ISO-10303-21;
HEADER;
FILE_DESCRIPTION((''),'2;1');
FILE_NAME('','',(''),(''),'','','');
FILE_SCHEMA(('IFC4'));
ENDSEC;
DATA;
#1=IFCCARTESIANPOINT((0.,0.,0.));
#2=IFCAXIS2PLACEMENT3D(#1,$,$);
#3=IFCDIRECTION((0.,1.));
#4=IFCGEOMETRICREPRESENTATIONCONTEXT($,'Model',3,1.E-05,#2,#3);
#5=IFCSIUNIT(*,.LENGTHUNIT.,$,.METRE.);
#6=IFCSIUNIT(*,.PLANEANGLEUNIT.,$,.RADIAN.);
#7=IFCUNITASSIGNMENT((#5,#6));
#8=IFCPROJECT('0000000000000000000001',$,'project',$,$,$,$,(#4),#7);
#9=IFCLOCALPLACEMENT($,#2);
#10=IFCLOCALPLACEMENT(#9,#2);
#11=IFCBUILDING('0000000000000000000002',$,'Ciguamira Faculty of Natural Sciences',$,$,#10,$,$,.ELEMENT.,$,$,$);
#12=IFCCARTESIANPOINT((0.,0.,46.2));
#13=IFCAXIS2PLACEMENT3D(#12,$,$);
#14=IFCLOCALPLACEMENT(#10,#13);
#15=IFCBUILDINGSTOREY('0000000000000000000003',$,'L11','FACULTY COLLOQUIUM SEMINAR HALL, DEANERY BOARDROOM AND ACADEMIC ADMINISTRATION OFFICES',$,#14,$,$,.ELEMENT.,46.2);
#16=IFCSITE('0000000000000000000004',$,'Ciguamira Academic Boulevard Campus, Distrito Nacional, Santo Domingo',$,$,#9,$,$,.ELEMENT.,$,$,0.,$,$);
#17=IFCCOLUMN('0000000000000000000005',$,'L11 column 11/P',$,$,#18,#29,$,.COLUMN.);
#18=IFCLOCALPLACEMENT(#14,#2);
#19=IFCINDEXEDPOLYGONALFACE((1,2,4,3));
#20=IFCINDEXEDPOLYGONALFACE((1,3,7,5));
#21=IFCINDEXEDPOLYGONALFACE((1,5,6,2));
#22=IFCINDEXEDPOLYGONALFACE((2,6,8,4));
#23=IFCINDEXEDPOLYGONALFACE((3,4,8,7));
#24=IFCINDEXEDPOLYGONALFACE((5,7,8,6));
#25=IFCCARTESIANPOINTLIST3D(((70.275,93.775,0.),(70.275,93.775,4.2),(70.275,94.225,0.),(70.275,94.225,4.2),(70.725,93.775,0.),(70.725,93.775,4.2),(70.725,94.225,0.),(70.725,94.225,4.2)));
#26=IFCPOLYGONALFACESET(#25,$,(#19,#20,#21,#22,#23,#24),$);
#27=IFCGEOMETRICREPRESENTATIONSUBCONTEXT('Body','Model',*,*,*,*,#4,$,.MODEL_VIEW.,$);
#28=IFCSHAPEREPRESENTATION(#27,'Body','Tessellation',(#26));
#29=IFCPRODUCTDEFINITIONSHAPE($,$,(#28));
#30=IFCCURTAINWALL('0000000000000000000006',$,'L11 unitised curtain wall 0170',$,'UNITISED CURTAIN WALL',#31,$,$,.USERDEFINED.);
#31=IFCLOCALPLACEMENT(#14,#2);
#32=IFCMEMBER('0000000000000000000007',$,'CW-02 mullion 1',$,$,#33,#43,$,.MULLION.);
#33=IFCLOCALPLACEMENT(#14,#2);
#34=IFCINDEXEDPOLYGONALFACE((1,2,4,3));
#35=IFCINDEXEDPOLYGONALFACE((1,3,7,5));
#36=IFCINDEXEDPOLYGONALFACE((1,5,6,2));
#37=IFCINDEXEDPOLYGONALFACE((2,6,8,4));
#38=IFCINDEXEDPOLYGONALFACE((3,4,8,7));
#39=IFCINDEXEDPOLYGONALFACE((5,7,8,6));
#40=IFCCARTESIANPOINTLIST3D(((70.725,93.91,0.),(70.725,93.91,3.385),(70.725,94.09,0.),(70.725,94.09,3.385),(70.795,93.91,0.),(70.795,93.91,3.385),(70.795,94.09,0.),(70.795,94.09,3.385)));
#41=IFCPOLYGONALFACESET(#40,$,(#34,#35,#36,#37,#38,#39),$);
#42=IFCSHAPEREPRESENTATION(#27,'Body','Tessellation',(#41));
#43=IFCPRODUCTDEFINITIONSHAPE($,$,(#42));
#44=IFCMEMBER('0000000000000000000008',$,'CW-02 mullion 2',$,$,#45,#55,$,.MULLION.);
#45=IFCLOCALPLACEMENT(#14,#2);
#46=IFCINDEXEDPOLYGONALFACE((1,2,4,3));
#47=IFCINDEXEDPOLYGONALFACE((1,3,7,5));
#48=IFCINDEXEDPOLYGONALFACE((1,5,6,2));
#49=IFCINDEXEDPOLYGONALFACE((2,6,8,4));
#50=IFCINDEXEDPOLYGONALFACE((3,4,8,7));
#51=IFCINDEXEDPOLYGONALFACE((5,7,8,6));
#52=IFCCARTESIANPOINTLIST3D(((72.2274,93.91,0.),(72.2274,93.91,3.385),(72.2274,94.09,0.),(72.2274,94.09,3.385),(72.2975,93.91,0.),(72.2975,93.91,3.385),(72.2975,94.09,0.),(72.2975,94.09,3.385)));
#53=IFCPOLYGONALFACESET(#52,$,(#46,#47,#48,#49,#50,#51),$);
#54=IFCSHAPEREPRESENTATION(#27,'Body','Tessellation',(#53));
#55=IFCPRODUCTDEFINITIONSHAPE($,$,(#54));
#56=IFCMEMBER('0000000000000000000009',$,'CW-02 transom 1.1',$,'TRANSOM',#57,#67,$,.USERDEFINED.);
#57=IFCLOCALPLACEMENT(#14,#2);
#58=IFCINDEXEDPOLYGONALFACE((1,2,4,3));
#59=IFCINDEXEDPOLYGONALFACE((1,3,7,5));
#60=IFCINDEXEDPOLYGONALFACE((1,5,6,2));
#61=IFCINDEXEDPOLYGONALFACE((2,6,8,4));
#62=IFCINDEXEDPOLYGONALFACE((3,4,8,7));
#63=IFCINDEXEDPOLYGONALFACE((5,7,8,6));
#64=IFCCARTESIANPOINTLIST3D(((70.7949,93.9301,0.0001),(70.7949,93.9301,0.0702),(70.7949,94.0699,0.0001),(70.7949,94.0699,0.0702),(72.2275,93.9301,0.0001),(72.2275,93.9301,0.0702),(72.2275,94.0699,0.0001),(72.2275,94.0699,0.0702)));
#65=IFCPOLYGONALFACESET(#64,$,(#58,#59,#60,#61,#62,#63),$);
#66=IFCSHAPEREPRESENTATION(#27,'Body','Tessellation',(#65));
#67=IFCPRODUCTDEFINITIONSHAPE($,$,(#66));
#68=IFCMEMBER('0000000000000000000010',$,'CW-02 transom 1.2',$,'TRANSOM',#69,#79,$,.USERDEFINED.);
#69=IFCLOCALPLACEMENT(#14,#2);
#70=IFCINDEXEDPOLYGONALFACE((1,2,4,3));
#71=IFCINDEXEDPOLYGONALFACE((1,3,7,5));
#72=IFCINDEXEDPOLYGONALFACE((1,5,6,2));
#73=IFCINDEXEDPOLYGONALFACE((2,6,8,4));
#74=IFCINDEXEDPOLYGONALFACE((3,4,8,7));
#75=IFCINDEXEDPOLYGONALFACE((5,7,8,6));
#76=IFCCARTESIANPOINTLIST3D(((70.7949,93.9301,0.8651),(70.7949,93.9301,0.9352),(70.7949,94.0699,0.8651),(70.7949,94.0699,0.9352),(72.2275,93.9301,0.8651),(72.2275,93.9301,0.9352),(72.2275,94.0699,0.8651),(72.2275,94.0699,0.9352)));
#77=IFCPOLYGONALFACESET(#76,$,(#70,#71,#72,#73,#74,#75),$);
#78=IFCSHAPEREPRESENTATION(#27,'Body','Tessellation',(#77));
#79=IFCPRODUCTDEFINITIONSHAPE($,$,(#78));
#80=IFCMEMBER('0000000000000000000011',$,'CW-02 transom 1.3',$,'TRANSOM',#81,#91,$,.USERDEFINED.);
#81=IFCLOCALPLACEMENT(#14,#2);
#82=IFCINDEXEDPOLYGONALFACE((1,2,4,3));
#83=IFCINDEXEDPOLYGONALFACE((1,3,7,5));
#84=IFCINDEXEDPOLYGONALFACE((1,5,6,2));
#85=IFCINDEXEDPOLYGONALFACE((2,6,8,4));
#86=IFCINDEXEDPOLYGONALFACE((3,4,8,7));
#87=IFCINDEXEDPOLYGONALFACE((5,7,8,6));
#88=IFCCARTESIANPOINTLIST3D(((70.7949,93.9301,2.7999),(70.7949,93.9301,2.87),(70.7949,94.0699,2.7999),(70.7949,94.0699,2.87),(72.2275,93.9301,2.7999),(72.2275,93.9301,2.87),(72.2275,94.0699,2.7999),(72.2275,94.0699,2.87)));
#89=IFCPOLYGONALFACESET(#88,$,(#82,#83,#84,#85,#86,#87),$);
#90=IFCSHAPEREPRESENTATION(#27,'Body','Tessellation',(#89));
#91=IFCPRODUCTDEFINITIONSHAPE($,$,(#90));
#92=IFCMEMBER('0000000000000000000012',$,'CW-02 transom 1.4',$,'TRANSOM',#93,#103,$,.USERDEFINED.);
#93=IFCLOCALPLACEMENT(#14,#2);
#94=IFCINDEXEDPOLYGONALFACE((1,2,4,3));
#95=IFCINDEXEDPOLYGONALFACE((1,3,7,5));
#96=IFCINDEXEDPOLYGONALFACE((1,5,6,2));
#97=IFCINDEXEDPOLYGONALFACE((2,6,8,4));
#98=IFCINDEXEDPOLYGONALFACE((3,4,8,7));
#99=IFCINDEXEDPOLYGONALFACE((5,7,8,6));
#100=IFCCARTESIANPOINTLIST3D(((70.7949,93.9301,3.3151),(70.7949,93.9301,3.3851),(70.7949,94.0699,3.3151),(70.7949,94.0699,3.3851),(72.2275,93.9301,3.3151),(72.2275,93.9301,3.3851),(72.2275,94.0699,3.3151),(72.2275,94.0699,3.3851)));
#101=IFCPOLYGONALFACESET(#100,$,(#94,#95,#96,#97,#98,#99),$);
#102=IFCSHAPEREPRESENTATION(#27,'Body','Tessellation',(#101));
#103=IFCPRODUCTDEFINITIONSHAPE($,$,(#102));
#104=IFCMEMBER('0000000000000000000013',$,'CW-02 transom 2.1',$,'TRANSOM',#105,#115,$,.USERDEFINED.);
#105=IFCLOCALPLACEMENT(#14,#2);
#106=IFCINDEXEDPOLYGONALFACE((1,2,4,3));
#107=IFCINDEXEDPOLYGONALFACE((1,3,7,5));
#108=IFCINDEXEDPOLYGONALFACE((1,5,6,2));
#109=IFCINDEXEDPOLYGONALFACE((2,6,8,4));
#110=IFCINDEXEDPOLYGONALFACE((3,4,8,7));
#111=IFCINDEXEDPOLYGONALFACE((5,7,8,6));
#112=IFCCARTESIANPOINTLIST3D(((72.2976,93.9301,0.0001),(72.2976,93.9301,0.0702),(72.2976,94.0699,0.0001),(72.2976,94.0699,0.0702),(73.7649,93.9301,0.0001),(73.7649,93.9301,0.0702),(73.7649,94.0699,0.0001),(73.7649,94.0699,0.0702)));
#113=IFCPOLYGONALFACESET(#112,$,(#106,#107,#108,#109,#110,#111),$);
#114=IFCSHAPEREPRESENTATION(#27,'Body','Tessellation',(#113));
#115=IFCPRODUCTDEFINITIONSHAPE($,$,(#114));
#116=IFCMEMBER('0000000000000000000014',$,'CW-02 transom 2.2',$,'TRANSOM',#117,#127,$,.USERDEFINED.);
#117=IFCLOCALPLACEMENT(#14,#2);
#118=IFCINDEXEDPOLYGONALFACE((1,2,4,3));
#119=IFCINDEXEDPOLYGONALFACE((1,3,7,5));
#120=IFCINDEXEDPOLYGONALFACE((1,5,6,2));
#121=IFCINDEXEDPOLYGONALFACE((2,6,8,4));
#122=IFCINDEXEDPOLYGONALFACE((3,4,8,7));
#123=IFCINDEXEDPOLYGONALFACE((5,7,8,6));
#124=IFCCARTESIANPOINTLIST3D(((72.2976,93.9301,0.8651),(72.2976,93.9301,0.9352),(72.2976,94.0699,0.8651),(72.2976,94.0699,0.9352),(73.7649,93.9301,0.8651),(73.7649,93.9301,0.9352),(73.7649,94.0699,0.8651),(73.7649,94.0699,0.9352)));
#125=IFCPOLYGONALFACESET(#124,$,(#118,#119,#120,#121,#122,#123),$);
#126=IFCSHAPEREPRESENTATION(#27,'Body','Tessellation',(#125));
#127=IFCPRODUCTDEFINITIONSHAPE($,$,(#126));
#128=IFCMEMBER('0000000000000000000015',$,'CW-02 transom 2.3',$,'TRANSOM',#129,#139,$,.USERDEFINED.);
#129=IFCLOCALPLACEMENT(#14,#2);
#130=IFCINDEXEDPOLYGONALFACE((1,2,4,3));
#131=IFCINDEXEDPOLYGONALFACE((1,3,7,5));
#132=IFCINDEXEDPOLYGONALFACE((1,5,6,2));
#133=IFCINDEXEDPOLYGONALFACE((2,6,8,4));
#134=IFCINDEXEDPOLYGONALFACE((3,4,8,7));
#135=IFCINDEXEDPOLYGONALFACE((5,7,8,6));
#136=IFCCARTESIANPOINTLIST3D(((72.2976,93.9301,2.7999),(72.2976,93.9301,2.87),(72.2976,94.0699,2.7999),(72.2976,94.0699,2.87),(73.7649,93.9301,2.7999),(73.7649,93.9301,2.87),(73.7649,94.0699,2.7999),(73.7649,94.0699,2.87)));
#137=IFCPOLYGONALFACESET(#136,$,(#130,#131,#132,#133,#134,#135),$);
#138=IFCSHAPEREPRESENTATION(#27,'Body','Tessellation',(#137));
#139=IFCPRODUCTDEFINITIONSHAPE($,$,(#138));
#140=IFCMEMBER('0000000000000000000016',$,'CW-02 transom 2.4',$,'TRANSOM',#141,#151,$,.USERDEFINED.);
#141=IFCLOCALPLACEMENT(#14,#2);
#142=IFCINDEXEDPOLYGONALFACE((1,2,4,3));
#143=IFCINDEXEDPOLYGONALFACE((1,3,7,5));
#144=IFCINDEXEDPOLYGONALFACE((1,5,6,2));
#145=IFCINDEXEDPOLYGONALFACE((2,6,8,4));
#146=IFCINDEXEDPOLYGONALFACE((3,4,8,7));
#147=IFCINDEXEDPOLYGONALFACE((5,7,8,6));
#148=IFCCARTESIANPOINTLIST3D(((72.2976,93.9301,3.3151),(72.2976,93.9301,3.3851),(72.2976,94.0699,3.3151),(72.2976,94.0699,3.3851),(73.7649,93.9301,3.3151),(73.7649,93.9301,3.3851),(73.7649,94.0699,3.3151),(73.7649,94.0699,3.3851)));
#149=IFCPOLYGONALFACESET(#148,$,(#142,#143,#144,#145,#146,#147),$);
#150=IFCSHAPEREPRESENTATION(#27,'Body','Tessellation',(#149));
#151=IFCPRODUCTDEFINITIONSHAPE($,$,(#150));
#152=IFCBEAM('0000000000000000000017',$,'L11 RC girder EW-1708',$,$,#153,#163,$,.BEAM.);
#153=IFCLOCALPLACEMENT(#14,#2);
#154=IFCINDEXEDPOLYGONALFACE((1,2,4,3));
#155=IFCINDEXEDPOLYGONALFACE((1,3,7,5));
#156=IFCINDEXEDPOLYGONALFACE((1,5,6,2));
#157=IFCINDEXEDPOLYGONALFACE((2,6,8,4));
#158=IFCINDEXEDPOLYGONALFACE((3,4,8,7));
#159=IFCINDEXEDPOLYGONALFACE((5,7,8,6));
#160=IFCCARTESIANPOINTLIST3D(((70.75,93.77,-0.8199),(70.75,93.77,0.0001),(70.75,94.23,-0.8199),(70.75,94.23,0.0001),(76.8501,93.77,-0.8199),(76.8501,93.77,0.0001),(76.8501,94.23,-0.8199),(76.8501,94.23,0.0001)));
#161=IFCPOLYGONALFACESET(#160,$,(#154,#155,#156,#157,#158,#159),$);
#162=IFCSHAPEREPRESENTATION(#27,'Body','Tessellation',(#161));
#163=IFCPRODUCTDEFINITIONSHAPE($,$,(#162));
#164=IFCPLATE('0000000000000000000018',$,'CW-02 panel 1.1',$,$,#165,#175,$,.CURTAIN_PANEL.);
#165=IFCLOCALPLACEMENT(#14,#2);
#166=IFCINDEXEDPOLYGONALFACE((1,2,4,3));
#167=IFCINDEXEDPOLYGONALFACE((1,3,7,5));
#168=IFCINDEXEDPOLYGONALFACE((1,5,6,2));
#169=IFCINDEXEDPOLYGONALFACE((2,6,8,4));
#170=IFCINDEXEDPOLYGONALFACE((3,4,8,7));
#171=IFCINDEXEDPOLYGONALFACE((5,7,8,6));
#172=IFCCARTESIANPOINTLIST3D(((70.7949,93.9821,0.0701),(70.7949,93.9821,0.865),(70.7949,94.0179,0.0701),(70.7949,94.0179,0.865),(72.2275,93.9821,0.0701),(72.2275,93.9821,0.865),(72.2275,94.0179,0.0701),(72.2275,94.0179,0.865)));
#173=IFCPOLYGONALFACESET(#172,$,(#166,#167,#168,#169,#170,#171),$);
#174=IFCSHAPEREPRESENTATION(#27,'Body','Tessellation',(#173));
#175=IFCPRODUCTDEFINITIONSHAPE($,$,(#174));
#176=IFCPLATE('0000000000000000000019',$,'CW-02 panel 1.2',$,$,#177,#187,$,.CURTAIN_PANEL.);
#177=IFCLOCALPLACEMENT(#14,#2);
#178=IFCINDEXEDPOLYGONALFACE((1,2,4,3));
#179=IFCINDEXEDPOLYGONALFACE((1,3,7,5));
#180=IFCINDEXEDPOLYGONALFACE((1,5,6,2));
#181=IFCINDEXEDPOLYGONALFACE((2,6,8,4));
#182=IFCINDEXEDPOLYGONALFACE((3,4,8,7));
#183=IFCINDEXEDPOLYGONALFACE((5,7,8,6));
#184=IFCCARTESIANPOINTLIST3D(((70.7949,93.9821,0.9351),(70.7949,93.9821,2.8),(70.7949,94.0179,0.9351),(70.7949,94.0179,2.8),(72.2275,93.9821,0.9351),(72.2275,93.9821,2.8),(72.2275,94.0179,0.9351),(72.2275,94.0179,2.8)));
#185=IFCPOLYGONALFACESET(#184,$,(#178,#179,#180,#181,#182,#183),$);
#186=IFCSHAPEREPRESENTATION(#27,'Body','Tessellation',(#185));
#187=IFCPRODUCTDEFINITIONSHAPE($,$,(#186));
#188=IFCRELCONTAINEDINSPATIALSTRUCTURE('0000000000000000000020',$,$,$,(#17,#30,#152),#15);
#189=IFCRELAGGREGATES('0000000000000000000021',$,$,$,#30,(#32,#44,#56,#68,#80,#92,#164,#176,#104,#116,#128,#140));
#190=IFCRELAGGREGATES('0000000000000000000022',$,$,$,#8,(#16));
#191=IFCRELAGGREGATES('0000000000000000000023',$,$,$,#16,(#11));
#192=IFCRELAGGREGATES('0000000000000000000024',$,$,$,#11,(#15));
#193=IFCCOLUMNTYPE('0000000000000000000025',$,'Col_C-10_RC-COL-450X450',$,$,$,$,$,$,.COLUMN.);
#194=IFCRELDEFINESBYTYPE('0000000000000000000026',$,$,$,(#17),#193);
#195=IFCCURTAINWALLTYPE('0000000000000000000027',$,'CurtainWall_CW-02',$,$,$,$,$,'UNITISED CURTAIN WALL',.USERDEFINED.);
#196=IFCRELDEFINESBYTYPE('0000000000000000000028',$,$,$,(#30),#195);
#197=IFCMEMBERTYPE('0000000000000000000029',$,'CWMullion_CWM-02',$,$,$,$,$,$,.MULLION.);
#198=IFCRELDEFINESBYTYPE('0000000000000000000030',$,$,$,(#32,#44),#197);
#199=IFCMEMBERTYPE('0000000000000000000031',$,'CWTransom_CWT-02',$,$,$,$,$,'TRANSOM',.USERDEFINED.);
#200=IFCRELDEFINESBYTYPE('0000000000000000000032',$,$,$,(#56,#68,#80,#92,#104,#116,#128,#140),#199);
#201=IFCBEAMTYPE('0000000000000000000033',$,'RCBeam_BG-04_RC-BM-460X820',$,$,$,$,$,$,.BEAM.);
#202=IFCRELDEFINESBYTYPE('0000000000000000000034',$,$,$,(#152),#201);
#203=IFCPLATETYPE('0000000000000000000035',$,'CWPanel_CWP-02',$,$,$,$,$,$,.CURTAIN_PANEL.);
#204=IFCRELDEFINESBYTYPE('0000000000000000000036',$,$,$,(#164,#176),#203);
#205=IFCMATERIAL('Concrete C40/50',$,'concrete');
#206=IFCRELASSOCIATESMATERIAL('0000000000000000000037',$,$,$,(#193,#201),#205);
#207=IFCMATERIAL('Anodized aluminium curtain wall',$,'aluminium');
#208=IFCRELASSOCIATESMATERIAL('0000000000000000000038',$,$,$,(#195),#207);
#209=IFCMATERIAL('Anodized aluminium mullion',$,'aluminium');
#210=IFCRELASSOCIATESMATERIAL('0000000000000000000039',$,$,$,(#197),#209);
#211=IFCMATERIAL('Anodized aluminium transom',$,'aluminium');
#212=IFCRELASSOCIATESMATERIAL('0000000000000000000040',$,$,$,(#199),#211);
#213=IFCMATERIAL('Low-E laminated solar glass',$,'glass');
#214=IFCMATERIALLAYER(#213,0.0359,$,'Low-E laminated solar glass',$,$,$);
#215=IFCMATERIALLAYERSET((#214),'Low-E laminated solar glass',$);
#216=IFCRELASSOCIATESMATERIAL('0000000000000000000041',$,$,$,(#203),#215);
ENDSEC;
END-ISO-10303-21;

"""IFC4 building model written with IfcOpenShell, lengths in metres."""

from ifc_helpers import new_model, si_unit, direction, frame, origin, origin_2d, place, context, subcontext, project, spatial, rectangle, extrude, material, layer, layer_set, material_profile, profile_set, type_object, element, aggregate, save


model = new_model("IFC4")

# Units and contexts
model_context = context("Model", 3, precision=1e-05, world=origin(), true_north=direction((0.0, 1.0)))
body_context = subcontext(model_context, "Body", "Model", "MODEL_VIEW")
ifc_project = project(units=[si_unit("LENGTHUNIT", "METRE"), si_unit("PLANEANGLEUNIT", "RADIAN")], contexts=[model_context])

# Site, building, storey
site_placement = place(None, origin())
site = spatial("IfcSite", under=ifc_project, at=site_placement, Name="Ciguamira Academic Boulevard Campus, Distrito Nacional, Santo Domingo", CompositionType="ELEMENT", RefElevation=0.0)
building_placement = place(site_placement, origin())
building = spatial("IfcBuilding", under=site, at=building_placement, Name="Ciguamira Faculty of Natural Sciences", CompositionType="ELEMENT")
storey_placement = place(building_placement, frame((0.0, 0.0, 46.2)))
storey = spatial("IfcBuildingStorey", under=building, at=storey_placement, Name="L11", Description="FACULTY COLLOQUIUM SEMINAR HALL, DEANERY BOARDROOM AND ACADEMIC ADMINISTRATION OFFICES", CompositionType="ELEMENT", Elevation=46.2)

# Column
ifc_material_1 = material(Name="Concrete C40/50", Category="concrete")
ifc_material_profile_1 = material_profile(ifc_material_1, rectangle(XDim=0.45, YDim=0.45, at=origin_2d()), Name="RC-COL-450X450")
ifc_profile_set_1 = profile_set([ifc_material_profile_1], Name="Concrete C40/50")
column_type = type_object("IfcColumnType", Name="Col_C-10_RC-COL-450X450", PredefinedType="COLUMN", material=ifc_profile_set_1)
column_placement = place(storey_placement, frame((70.5, 94.0, 0.0), z_axis=(0.0, 0.0, 1.0), x_axis=(1.0, 0.0, 0.0)))
element("IfcColumn", 1, at=column_placement, inside=storey, type_object=column_type, Name="L11 column 11/P", PredefinedType="COLUMN", context=body_context, shape_type="SweptSolid", body=[
    extrude(rectangle(XDim=0.45, YDim=0.45, at=origin_2d()), origin(), (0.0, 0.0, 1.0), 4.2),
])

# Curtain wall, members
ifc_material_2 = material(Name="Anodized aluminium curtain wall", Category="aluminium")
curtain_wall_type = type_object("IfcCurtainWallType", Name="CurtainWall_CW-02", ElementType="UNITISED CURTAIN WALL", PredefinedType="USERDEFINED", material=ifc_material_2)
curtain_wall_placement = place(storey_placement, origin())
curtain_wall = element("IfcCurtainWall", 2, at=curtain_wall_placement, inside=storey, type_object=curtain_wall_type, Name="L11 unitised curtain wall 0170", ObjectType="UNITISED CURTAIN WALL", PredefinedType="USERDEFINED")
ifc_material_3 = material(Name="Anodized aluminium mullion", Category="aluminium")
ifc_material_profile_2 = material_profile(ifc_material_3, rectangle(XDim=0.0701, YDim=0.1799, at=origin_2d()), Name="ALU-MUL-70X180")
ifc_profile_set_2 = profile_set([ifc_material_profile_2], Name="Anodized aluminium mullion")
member_type_1 = type_object("IfcMemberType", Name="CWMullion_CWM-02", PredefinedType="MULLION", material=ifc_profile_set_2)
member_1_placement = place(storey_placement, frame((70.76, 94.0, 0.0), z_axis=(0.0, 0.0, 1.0), x_axis=(1.0, 0.0, 0.0)))
member_1 = element("IfcMember", 3, at=member_1_placement, type_object=member_type_1, Name="CW-02 mullion 1", PredefinedType="MULLION", context=body_context, shape_type="SweptSolid", body=[
    extrude(rectangle(XDim=0.0701, YDim=0.1799, at=origin_2d()), origin(), (0.0, 0.0, 1.0), 3.385),
])
member_2_placement = place(storey_placement, frame((72.2625, 94.0, 0.0), z_axis=(0.0, 0.0, 1.0), x_axis=(1.0, 0.0, 0.0)))
member_2 = element("IfcMember", 4, at=member_2_placement, type_object=member_type_1, Name="CW-02 mullion 2", PredefinedType="MULLION", context=body_context, shape_type="SweptSolid", body=[
    extrude(rectangle(XDim=0.0701, YDim=0.1799, at=origin_2d()), origin(), (0.0, 0.0, 1.0), 3.385),
])
ifc_material_4 = material(Name="Anodized aluminium transom", Category="aluminium")
ifc_material_profile_3 = material_profile(ifc_material_4, rectangle(XDim=0.0701, YDim=0.1399, at=origin_2d()), Name="ALU-TRN-70X140")
ifc_profile_set_3 = profile_set([ifc_material_profile_3], Name="Anodized aluminium transom")
member_type_2 = type_object("IfcMemberType", Name="CWTransom_CWT-02", ElementType="TRANSOM", PredefinedType="USERDEFINED", material=ifc_profile_set_3)
member_3_placement = place(storey_placement, frame((70.7949, 94.0, 0.0352), z_axis=(1.0, 0.0, 0.0), x_axis=(0.0, 0.0, 1.0)))
member_3 = element("IfcMember", 5, at=member_3_placement, type_object=member_type_2, Name="CW-02 transom 1.1", ObjectType="TRANSOM", PredefinedType="USERDEFINED", context=body_context, shape_type="SweptSolid", body=[
    extrude(rectangle(XDim=0.0701, YDim=0.1399, at=origin_2d()), origin(), (0.0, 0.0, 1.0), 1.4326),
])
member_4_placement = place(storey_placement, frame((70.7949, 94.0, 0.9001), z_axis=(1.0, 0.0, 0.0), x_axis=(0.0, 0.0, 1.0)))
member_4 = element("IfcMember", 6, at=member_4_placement, type_object=member_type_2, Name="CW-02 transom 1.2", ObjectType="TRANSOM", PredefinedType="USERDEFINED", context=body_context, shape_type="SweptSolid", body=[
    extrude(rectangle(XDim=0.0701, YDim=0.1399, at=origin_2d()), origin(), (0.0, 0.0, 1.0), 1.4326),
])
member_5_placement = place(storey_placement, frame((70.7949, 94.0, 2.835), z_axis=(1.0, 0.0, 0.0), x_axis=(0.0, 0.0, 1.0)))
member_5 = element("IfcMember", 7, at=member_5_placement, type_object=member_type_2, Name="CW-02 transom 1.3", ObjectType="TRANSOM", PredefinedType="USERDEFINED", context=body_context, shape_type="SweptSolid", body=[
    extrude(rectangle(XDim=0.0701, YDim=0.1399, at=origin_2d()), origin(), (0.0, 0.0, 1.0), 1.4326),
])
member_6_placement = place(storey_placement, frame((70.7949, 94.0, 3.3501), z_axis=(1.0, 0.0, 0.0), x_axis=(0.0, 0.0, 1.0)))
member_6 = element("IfcMember", 8, at=member_6_placement, type_object=member_type_2, Name="CW-02 transom 1.4", ObjectType="TRANSOM", PredefinedType="USERDEFINED", context=body_context, shape_type="SweptSolid", body=[
    extrude(rectangle(XDim=0.0701, YDim=0.1399, at=origin_2d()), origin(), (0.0, 0.0, 1.0), 1.4326),
])
member_7_placement = place(storey_placement, frame((72.2976, 94.0, 0.0352), z_axis=(1.0, 0.0, 0.0), x_axis=(0.0, 0.0, 1.0)))
member_7 = element("IfcMember", 9, at=member_7_placement, type_object=member_type_2, Name="CW-02 transom 2.1", ObjectType="TRANSOM", PredefinedType="USERDEFINED", context=body_context, shape_type="SweptSolid", body=[
    extrude(rectangle(XDim=0.0701, YDim=0.1399, at=origin_2d()), origin(), (0.0, 0.0, 1.0), 1.4673),
])
member_8_placement = place(storey_placement, frame((72.2976, 94.0, 0.9001), z_axis=(1.0, 0.0, 0.0), x_axis=(0.0, 0.0, 1.0)))
member_8 = element("IfcMember", 10, at=member_8_placement, type_object=member_type_2, Name="CW-02 transom 2.2", ObjectType="TRANSOM", PredefinedType="USERDEFINED", context=body_context, shape_type="SweptSolid", body=[
    extrude(rectangle(XDim=0.0701, YDim=0.1399, at=origin_2d()), origin(), (0.0, 0.0, 1.0), 1.4673),
])
member_9_placement = place(storey_placement, frame((72.2976, 94.0, 2.835), z_axis=(1.0, 0.0, 0.0), x_axis=(0.0, 0.0, 1.0)))
member_9 = element("IfcMember", 11, at=member_9_placement, type_object=member_type_2, Name="CW-02 transom 2.3", ObjectType="TRANSOM", PredefinedType="USERDEFINED", context=body_context, shape_type="SweptSolid", body=[
    extrude(rectangle(XDim=0.0701, YDim=0.1399, at=origin_2d()), origin(), (0.0, 0.0, 1.0), 1.4673),
])
member_10_placement = place(storey_placement, frame((72.2976, 94.0, 3.3501), z_axis=(1.0, 0.0, 0.0), x_axis=(0.0, 0.0, 1.0)))
member_10 = element("IfcMember", 12, at=member_10_placement, type_object=member_type_2, Name="CW-02 transom 2.4", ObjectType="TRANSOM", PredefinedType="USERDEFINED", context=body_context, shape_type="SweptSolid", body=[
    extrude(rectangle(XDim=0.0701, YDim=0.1399, at=origin_2d()), origin(), (0.0, 0.0, 1.0), 1.4673),
])

# Beam
ifc_material_profile_4 = material_profile(ifc_material_1, rectangle(XDim=0.46, YDim=0.8201, at=origin_2d()), Name="RC-BM-460X820")
ifc_profile_set_4 = profile_set([ifc_material_profile_4], Name="Concrete C40/50")
beam_type = type_object("IfcBeamType", Name="RCBeam_BG-04_RC-BM-460X820", PredefinedType="BEAM", material=ifc_profile_set_4)
beam_placement = place(storey_placement, frame((70.75, 94.0, -0.4099), z_axis=(1.0, 0.0, 0.0), x_axis=(0.0, 1.0, 0.0)))
element("IfcBeam", 13, at=beam_placement, inside=storey, type_object=beam_type, Name="L11 RC girder EW-1708", PredefinedType="BEAM", context=body_context, shape_type="SweptSolid", body=[
    extrude(rectangle(XDim=0.46, YDim=0.8201, at=origin_2d()), origin(), (0.0, 0.0, 1.0), 6.1001),
])

# Plates
ifc_material_5 = material(Name="Low-E laminated solar glass", Category="glass")
ifc_layer_1 = layer(ifc_material_5, 0.0359, Name="Low-E laminated solar glass")
ifc_layer_set_1 = layer_set([ifc_layer_1], Name="Low-E laminated solar glass")
plate_type = type_object("IfcPlateType", Name="CWPanel_CWP-02", PredefinedType="CURTAIN_PANEL", material=ifc_layer_set_1)
plate_1_placement = place(storey_placement, frame((71.5112, 94.0, 0.0701), z_axis=(0.0, 0.0, 1.0), x_axis=(1.0, 0.0, 0.0)))
plate_1 = element("IfcPlate", 14, at=plate_1_placement, type_object=plate_type, Name="CW-02 panel 1.1", PredefinedType="CURTAIN_PANEL", context=body_context, shape_type="SweptSolid", body=[
    extrude(rectangle(XDim=1.4326, YDim=0.0359, at=origin_2d()), origin(), (0.0, 0.0, 1.0), 0.7949),
])
plate_2_placement = place(storey_placement, frame((71.5112, 94.0, 0.9351), z_axis=(0.0, 0.0, 1.0), x_axis=(1.0, 0.0, 0.0)))
plate_2 = element("IfcPlate", 15, at=plate_2_placement, type_object=plate_type, Name="CW-02 panel 1.2", PredefinedType="CURTAIN_PANEL", context=body_context, shape_type="SweptSolid", body=[
    extrude(rectangle(XDim=1.4326, YDim=0.0359, at=origin_2d()), origin(), (0.0, 0.0, 1.0), 1.865),
])
aggregate(curtain_wall, [member_1, member_2, member_3, member_4, member_5, member_6, plate_1, plate_2, member_7, member_8, member_9, member_10])

save(model, "model.ifc")
